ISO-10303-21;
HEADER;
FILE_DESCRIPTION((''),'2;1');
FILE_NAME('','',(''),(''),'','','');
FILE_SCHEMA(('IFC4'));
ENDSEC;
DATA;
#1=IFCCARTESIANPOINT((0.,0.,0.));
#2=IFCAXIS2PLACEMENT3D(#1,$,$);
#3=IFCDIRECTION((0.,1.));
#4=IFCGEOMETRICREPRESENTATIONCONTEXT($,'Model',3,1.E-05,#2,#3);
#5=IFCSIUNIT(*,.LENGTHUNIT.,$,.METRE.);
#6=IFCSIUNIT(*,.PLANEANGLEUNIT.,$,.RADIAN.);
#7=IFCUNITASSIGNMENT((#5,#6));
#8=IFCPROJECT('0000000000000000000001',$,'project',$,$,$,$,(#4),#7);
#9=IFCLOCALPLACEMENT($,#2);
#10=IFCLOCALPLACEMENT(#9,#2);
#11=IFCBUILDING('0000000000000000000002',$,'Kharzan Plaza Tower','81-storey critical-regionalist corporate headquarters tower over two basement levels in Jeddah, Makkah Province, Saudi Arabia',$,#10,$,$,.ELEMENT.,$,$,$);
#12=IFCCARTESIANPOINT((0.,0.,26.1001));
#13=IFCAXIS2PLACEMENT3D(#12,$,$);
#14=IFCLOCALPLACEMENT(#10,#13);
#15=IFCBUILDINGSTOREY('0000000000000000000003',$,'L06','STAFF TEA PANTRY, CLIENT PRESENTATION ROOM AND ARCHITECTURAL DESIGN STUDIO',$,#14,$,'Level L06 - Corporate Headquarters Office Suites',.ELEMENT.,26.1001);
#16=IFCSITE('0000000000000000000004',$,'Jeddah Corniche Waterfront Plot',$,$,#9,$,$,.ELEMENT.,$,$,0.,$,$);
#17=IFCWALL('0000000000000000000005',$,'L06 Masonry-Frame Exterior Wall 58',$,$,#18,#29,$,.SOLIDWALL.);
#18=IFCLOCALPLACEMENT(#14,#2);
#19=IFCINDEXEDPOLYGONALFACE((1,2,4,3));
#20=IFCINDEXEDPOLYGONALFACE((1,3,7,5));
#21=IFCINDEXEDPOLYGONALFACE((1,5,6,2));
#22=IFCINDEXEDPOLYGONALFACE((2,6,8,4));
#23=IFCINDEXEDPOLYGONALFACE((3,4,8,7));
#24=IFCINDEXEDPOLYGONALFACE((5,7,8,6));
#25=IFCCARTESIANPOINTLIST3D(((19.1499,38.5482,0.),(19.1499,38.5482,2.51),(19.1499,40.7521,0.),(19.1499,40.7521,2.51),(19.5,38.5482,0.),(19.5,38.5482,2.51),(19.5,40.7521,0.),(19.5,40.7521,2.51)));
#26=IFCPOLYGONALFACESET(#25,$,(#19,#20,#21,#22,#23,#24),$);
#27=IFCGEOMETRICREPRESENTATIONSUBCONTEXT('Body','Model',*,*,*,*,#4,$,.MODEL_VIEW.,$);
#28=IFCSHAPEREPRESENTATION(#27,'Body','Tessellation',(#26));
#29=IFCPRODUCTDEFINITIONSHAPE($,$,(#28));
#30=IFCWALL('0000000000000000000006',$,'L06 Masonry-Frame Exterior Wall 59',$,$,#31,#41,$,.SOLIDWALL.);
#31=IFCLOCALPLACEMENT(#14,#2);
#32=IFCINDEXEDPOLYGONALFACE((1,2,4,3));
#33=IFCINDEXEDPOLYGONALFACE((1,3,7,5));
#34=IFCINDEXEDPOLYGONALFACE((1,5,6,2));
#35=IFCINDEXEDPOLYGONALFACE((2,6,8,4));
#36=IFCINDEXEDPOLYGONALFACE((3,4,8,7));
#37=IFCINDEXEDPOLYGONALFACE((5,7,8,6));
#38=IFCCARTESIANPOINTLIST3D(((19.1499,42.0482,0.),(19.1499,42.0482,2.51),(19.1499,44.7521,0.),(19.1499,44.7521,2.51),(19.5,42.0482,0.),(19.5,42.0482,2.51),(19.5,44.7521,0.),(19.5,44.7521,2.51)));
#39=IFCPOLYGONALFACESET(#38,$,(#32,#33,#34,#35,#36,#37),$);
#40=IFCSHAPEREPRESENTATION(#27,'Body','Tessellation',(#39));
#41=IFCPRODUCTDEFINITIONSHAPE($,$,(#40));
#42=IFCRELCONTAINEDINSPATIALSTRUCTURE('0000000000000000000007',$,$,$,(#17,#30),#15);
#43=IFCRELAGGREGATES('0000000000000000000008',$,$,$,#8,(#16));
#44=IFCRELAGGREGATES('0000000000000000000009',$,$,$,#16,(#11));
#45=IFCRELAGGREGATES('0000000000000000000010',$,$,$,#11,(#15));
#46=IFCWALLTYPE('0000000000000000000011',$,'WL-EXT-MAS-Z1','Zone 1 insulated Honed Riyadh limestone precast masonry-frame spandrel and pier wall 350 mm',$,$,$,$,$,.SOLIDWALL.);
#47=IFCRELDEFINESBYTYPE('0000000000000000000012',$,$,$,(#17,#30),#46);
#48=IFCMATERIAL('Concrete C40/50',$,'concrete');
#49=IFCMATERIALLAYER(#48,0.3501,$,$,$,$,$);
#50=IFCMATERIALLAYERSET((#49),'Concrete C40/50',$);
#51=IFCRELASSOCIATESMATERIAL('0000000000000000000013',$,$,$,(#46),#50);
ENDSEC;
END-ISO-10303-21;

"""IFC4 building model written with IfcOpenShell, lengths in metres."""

from ifc_helpers import new_model, si_unit, direction, frame, frame_2d, origin, place, context, subcontext, project, spatial, rectangle, extrude, source, transform, mapped, material, layer, layer_set, type_object, element, save


model = new_model("IFC4")

# Units and contexts
model_context = context("Model", 3, precision=1e-05, world=origin(), true_north=direction((0.0, 1.0)))
body_context = subcontext(model_context, "Body", "Model", "MODEL_VIEW")
ifc_project = project(units=[si_unit("LENGTHUNIT", "METRE"), si_unit("PLANEANGLEUNIT", "RADIAN")], contexts=[model_context])

# Site, building, storey
site_placement = place(None, origin())
site = spatial("IfcSite", under=ifc_project, at=site_placement, Name="Jeddah Corniche Waterfront Plot", CompositionType="ELEMENT", RefElevation=0.0)
building_placement = place(site_placement, origin())
building = spatial("IfcBuilding", under=site, at=building_placement, Name="Kharzan Plaza Tower", Description="81-storey critical-regionalist corporate headquarters tower over two basement levels in Jeddah, Makkah Province, Saudi Arabia", CompositionType="ELEMENT")
storey_placement = place(building_placement, frame((0.0, 0.0, 26.1001)))
storey = spatial("IfcBuildingStorey", under=building, at=storey_placement, Name="L06", Description="STAFF TEA PANTRY, CLIENT PRESENTATION ROOM AND ARCHITECTURAL DESIGN STUDIO", LongName="Level L06 - Corporate Headquarters Office Suites", CompositionType="ELEMENT", Elevation=26.1001)

# Shared definitions
ifc_material_1 = material(Name="Concrete C40/50", Category="concrete")
ifc_layer_1 = layer(ifc_material_1, 0.3501)
ifc_layer_set_1 = layer_set([ifc_layer_1], Name="Concrete C40/50")
wall_type = type_object("IfcWallType", Name="WL-EXT-MAS-Z1", Description="Zone 1 insulated Honed Riyadh limestone precast masonry-frame spandrel and pier wall 350 mm", PredefinedType="SOLIDWALL", material=ifc_layer_set_1)

# Walls
shared_shape_1 = source(origin(), body_context, "Body", "SweptSolid", [
    extrude(rectangle(XDim=2.2039, YDim=0.3501, at=frame_2d((1.1021, 0.0))), origin(), (0.0, 0.0, 1.0), 2.51),
])
wall_1_placement = place(storey_placement, frame((19.325, 38.5481, 0.0), z_axis=(0.0, 0.0, 1.0), x_axis=(0.0, 1.0, 0.0)))
element("IfcWall", 1, at=wall_1_placement, inside=storey, type_object=wall_type, Name="L06 Masonry-Frame Exterior Wall 58", PredefinedType="SOLIDWALL", context=body_context, shape_type="MappedRepresentation", body=[
    mapped(shared_shape_1, transform((0.0, 0.0, 0.0), x_axis=(1.0, 0.0, 0.0), y_axis=(0.0, 1.0, 0.0), z_axis=(0.0, 0.0, 1.0))),
])
shared_shape_2 = source(origin(), body_context, "Body", "SweptSolid", [
    extrude(rectangle(XDim=2.7039, YDim=0.3501, at=frame_2d((1.3521, 0.0))), origin(), (0.0, 0.0, 1.0), 2.51),
])
wall_2_placement = place(storey_placement, frame((19.325, 42.0481, 0.0), z_axis=(0.0, 0.0, 1.0), x_axis=(0.0, 1.0, 0.0)))
element("IfcWall", 2, at=wall_2_placement, inside=storey, type_object=wall_type, Name="L06 Masonry-Frame Exterior Wall 59", PredefinedType="SOLIDWALL", context=body_context, shape_type="MappedRepresentation", body=[
    mapped(shared_shape_2, transform((0.0, 0.0, 0.0), x_axis=(1.0, 0.0, 0.0), y_axis=(0.0, 1.0, 0.0), z_axis=(0.0, 0.0, 1.0))),
])

save(model, "model.ifc")
